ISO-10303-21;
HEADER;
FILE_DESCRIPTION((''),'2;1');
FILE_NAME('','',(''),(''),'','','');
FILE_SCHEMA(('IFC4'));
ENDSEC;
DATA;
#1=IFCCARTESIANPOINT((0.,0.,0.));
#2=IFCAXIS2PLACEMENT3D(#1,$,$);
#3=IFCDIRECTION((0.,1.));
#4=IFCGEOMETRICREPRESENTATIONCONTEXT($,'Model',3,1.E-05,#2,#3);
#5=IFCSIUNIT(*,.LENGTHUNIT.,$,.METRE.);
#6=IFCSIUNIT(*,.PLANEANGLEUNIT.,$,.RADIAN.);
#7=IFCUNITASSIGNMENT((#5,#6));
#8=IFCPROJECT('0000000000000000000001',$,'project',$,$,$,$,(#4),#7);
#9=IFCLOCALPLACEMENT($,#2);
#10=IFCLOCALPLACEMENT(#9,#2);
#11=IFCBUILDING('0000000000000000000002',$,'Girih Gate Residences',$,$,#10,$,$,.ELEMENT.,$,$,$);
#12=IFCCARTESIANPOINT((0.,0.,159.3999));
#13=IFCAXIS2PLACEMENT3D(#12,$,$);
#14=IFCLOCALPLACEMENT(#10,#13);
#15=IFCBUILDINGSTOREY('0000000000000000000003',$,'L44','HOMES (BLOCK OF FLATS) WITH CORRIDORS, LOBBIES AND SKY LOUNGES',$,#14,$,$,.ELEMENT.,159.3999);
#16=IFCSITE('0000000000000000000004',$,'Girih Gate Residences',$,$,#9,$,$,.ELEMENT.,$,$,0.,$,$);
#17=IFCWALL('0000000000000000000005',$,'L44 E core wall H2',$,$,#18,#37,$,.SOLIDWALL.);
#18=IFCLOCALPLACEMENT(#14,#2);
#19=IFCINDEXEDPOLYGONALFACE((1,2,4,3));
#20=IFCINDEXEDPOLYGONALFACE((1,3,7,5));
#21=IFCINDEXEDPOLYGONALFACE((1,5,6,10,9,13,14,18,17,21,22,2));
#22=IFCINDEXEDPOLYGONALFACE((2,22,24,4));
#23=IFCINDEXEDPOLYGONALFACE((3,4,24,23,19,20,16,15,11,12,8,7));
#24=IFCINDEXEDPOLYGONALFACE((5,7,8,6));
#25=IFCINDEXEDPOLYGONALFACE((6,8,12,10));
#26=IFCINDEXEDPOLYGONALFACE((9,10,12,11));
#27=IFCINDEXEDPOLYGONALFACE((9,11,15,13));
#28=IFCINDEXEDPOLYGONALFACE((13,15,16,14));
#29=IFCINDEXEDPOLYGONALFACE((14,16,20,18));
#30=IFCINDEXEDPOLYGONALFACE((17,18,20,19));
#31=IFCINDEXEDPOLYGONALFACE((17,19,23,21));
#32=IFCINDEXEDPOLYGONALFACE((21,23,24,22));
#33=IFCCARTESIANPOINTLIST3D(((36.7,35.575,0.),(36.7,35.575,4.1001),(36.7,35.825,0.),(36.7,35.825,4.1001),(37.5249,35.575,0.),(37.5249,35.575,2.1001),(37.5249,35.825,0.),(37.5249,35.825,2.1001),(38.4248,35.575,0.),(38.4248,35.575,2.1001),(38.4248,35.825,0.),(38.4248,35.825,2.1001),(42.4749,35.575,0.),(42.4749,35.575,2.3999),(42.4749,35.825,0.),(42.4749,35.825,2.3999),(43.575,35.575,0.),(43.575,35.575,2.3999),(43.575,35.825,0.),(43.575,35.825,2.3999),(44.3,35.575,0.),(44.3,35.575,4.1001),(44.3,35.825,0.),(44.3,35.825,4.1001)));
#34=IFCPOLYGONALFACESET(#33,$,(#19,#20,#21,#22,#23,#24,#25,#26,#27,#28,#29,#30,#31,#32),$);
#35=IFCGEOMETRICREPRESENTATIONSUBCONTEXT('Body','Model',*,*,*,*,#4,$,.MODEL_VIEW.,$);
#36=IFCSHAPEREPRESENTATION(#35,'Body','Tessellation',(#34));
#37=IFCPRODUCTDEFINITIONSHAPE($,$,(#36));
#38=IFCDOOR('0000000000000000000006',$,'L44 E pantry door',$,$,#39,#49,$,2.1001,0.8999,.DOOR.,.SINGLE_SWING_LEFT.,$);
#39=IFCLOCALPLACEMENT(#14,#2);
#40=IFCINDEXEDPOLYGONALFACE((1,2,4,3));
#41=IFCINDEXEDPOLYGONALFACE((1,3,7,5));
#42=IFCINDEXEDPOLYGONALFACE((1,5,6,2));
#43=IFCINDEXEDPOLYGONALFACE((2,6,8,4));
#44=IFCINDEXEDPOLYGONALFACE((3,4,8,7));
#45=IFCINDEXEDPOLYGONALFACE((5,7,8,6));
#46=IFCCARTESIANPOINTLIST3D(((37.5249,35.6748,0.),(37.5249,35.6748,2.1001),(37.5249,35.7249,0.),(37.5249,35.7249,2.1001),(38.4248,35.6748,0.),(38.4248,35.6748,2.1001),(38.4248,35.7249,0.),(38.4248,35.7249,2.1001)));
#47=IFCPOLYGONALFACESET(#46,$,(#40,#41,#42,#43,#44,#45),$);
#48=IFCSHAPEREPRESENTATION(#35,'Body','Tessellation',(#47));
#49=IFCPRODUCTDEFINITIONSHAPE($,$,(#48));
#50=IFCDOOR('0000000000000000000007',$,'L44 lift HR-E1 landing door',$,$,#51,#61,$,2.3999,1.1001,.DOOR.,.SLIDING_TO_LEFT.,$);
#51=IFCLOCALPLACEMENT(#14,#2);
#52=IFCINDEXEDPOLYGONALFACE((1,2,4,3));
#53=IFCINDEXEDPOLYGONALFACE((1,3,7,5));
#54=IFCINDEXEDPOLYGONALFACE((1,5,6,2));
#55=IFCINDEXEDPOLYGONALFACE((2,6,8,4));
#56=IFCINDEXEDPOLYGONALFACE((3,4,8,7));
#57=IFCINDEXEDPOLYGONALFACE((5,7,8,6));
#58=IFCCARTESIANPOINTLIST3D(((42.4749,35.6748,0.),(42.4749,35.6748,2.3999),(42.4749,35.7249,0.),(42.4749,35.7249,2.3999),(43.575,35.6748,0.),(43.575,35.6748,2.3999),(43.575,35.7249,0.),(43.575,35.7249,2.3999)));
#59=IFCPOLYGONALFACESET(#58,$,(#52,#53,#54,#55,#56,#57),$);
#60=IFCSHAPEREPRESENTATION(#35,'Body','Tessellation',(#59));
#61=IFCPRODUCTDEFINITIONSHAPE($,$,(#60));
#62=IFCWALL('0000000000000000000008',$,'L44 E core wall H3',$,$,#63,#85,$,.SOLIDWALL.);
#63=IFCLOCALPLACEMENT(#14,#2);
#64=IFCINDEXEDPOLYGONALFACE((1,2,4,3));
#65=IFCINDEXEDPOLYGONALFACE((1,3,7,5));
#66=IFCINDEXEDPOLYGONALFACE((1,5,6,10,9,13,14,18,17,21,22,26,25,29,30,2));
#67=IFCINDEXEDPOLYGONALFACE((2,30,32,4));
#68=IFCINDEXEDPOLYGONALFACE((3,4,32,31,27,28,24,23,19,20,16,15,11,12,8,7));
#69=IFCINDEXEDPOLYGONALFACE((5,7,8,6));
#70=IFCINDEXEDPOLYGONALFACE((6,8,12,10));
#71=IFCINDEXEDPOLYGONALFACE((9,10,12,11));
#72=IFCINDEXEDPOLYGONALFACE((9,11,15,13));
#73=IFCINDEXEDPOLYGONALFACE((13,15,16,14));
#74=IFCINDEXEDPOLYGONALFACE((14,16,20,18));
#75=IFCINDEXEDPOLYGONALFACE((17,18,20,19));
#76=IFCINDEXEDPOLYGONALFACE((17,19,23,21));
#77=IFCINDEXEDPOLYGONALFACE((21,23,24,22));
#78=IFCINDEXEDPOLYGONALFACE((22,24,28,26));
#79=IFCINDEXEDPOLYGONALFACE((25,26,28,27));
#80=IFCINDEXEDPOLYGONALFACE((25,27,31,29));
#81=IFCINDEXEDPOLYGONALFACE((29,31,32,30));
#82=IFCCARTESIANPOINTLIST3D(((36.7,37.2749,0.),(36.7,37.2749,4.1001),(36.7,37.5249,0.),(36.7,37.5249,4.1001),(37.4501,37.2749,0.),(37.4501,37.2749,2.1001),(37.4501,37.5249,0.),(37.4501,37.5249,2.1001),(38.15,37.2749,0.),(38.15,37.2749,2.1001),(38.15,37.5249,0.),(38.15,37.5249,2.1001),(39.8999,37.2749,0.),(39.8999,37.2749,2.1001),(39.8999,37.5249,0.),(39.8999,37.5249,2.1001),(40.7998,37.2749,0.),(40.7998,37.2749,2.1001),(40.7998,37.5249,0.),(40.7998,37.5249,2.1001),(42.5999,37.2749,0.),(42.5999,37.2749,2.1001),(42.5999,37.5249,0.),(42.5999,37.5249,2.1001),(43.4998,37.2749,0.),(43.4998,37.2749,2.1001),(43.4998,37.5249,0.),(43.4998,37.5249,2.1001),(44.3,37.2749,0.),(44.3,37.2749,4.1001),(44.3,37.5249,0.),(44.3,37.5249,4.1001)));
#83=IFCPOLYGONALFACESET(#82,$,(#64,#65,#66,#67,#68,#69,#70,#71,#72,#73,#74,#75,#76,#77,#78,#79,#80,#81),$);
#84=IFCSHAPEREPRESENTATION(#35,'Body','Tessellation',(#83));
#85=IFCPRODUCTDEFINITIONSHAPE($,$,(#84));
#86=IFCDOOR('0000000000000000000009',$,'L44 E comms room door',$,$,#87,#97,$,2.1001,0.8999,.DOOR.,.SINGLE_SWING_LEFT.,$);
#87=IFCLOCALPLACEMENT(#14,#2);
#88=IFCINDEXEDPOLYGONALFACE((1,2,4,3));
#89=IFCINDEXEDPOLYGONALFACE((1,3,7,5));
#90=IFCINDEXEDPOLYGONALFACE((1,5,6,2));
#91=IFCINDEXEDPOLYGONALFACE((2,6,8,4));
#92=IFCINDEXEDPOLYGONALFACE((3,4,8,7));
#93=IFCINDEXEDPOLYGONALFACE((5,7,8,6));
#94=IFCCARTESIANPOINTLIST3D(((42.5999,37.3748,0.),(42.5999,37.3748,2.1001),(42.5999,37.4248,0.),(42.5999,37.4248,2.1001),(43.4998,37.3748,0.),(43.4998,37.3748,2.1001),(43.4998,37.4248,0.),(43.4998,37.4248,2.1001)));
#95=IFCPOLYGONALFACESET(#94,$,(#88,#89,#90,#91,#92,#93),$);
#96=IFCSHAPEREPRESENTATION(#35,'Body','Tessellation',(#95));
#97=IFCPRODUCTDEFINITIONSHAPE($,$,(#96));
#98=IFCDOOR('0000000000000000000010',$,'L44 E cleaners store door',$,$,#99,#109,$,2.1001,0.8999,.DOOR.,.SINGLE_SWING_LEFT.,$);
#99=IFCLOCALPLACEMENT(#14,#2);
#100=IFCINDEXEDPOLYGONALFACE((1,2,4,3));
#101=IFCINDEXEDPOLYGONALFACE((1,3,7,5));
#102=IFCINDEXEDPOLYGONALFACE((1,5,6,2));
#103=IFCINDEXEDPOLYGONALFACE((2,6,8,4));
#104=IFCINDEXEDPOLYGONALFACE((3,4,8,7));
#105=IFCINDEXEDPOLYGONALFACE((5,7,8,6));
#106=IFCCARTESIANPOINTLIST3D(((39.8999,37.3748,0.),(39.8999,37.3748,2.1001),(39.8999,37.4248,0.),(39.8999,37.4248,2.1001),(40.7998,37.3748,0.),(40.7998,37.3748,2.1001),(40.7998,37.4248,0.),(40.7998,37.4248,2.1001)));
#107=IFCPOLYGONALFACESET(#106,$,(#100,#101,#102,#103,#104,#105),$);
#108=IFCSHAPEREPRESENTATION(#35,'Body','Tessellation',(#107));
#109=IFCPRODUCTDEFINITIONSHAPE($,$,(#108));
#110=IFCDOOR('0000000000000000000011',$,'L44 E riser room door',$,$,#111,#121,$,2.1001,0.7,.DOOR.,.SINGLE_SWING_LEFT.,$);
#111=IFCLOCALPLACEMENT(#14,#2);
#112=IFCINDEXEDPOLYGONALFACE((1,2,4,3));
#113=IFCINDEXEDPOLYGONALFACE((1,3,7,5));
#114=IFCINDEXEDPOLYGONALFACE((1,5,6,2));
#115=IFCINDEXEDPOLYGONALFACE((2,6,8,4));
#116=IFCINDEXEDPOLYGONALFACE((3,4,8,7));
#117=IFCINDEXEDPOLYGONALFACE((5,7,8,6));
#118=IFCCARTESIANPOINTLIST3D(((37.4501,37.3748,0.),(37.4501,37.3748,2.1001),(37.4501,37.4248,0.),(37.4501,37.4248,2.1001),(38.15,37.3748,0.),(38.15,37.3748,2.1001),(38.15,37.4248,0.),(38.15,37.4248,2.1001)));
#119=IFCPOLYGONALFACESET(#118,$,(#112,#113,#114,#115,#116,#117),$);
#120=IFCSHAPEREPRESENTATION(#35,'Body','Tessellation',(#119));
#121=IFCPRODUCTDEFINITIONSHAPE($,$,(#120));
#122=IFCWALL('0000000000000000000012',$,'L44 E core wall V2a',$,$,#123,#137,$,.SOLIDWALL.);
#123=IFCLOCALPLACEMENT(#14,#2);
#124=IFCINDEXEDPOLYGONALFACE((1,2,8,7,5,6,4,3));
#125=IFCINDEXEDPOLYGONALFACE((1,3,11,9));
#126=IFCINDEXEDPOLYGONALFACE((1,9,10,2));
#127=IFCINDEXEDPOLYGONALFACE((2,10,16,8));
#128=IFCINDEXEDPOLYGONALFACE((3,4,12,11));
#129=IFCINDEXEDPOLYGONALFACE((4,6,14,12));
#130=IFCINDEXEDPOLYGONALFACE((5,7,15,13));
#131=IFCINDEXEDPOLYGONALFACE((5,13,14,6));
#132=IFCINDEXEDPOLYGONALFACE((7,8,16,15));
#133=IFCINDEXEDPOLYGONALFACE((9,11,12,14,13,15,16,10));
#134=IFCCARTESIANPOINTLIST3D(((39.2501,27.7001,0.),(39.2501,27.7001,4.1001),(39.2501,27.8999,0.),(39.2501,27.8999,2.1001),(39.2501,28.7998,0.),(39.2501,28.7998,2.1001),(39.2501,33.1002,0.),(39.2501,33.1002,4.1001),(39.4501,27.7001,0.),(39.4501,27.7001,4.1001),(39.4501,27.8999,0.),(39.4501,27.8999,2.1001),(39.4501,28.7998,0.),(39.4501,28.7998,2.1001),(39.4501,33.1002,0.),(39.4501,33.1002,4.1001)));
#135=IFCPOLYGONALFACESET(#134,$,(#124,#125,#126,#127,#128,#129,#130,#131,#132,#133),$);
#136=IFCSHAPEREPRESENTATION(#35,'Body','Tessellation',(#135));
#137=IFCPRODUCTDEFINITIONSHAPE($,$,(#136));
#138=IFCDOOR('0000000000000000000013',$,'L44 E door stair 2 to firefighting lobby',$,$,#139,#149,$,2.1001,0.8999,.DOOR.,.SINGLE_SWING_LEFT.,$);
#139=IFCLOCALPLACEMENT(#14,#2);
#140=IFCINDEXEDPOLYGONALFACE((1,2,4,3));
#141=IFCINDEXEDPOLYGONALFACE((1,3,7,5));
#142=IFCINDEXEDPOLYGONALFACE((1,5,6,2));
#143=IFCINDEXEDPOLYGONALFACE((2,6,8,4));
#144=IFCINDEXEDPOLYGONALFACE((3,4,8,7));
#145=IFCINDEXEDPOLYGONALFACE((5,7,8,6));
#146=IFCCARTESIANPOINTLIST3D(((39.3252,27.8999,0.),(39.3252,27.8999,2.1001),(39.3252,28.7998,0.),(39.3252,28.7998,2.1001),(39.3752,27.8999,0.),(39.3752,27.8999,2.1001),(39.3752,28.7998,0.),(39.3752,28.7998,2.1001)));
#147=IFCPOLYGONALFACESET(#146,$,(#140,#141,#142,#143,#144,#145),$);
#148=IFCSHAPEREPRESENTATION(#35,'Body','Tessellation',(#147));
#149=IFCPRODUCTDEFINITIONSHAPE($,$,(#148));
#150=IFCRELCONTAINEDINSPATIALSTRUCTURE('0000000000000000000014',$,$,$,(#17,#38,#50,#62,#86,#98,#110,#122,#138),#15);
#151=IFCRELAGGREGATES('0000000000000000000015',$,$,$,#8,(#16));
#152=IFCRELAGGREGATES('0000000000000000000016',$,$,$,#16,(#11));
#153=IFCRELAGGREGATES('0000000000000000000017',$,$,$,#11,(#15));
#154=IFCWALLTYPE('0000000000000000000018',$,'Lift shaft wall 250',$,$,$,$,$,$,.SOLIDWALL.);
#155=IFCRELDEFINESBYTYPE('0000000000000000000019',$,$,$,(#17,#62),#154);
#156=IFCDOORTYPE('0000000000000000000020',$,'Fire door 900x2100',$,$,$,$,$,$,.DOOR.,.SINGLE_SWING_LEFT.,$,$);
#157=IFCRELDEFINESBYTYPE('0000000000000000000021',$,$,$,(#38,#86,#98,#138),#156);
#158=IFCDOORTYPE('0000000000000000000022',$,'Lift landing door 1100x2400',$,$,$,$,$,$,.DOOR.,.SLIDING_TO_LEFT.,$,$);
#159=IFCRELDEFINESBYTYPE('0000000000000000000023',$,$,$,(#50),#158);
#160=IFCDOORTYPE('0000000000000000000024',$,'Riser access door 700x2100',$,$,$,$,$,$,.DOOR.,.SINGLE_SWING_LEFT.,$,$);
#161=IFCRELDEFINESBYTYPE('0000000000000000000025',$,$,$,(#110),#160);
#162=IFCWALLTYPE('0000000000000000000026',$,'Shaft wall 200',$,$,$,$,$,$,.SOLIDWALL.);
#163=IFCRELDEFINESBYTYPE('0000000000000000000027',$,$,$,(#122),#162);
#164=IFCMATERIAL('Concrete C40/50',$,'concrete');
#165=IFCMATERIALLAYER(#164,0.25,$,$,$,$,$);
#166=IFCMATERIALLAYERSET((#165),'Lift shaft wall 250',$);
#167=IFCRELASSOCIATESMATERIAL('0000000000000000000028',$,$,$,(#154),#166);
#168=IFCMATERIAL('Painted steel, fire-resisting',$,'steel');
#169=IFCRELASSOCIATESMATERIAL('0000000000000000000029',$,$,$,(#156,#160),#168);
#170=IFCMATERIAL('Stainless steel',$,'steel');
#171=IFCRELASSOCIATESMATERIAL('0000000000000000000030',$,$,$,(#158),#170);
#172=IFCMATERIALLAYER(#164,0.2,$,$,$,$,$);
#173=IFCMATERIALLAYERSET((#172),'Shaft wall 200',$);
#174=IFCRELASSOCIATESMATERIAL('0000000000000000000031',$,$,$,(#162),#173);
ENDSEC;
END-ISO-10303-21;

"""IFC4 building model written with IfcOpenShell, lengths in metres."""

from ifc_helpers import new_model, si_unit, direction, frame, frame_2d, origin, place, context, subcontext, project, spatial, rectangle, extrude, material, layer, layer_set, type_object, element, fill, save


model = new_model("IFC4")

# Units and contexts
model_context = context("Model", 3, precision=1e-05, world=origin(), true_north=direction((0.0, 1.0)))
body_context = subcontext(model_context, "Body", "Model", "MODEL_VIEW")
ifc_project = project(units=[si_unit("LENGTHUNIT", "METRE"), si_unit("PLANEANGLEUNIT", "RADIAN")], contexts=[model_context])

# Site, building, storey
site_placement = place(None, origin())
site = spatial("IfcSite", under=ifc_project, at=site_placement, Name="Girih Gate Residences", CompositionType="ELEMENT", RefElevation=0.0)
building_placement = place(site_placement, origin())
building = spatial("IfcBuilding", under=site, at=building_placement, Name="Girih Gate Residences", CompositionType="ELEMENT")
storey_placement = place(building_placement, frame((0.0, 0.0, 159.3999)))
storey = spatial("IfcBuildingStorey", under=building, at=storey_placement, Name="L44", Description="HOMES (BLOCK OF FLATS) WITH CORRIDORS, LOBBIES AND SKY LOUNGES", CompositionType="ELEMENT", Elevation=159.3999)

# Shared definitions
ifc_material_1 = material(Name="Painted steel, fire-resisting", Category="steel")

# Shared definitions
ifc_material_2 = material(Name="Concrete C40/50", Category="concrete")
ifc_layer_1 = layer(ifc_material_2, 0.25)
ifc_layer_set_1 = layer_set([ifc_layer_1], Name="Lift shaft wall 250")
wall_type_1 = type_object("IfcWallType", Name="Lift shaft wall 250", PredefinedType="SOLIDWALL", material=ifc_layer_set_1)

# Walls, openings, doors
wall_1_placement = place(storey_placement, frame((36.7, 35.7, 0.0), z_axis=(0.0, 0.0, 1.0), x_axis=(1.0, 0.0, 0.0)))
wall_1 = element("IfcWall", 1, at=wall_1_placement, inside=storey, type_object=wall_type_1, Name="L44 E core wall H2", PredefinedType="SOLIDWALL", context=body_context, shape_type="SweptSolid", body=[
    extrude(rectangle(XDim=7.6001, YDim=0.25, at=frame_2d((3.8, 0.0))), origin(), (0.0, 0.0, 1.0), 4.1001),
])
opening_1_placement = place(wall_1_placement, frame((5.7749, 0.0, 0.0)))
opening_1 = element("IfcOpeningElement", 2, at=opening_1_placement, cuts=wall_1, PredefinedType="OPENING", context=body_context, shape_type="SweptSolid", body=[
    extrude(rectangle(XDim=1.1001, YDim=2.3999, at=frame_2d((0.55, 1.2))), frame((0.0, 0.135, 0.0), z_axis=(0.0, -1.0, 0.0), x_axis=(1.0, 0.0, 0.0)), (0.0, 0.0, 1.0), 0.27),
])
opening_2_placement = place(wall_1_placement, frame((0.825, 0.0, 0.0)))
opening_2 = element("IfcOpeningElement", 3, at=opening_2_placement, cuts=wall_1, PredefinedType="OPENING", context=body_context, shape_type="SweptSolid", body=[
    extrude(rectangle(XDim=0.8999, YDim=2.1001, at=frame_2d((0.45, 1.05))), frame((0.0, 0.135, 0.0), z_axis=(0.0, -1.0, 0.0), x_axis=(1.0, 0.0, 0.0)), (0.0, 0.0, 1.0), 0.27),
])
door_type_1 = type_object("IfcDoorType", Name="Fire door 900x2100", OperationType="SINGLE_SWING_LEFT", PredefinedType="DOOR", material=ifc_material_1)
door_1_placement = place(opening_2_placement, origin())
door_1 = element("IfcDoor", 4, at=door_1_placement, inside=storey, type_object=door_type_1, Name="L44 E pantry door", OperationType="SINGLE_SWING_LEFT", OverallHeight=2.1001, OverallWidth=0.8999, PredefinedType="DOOR", context=body_context, shape_type="SweptSolid", body=[
    extrude(rectangle(XDim=0.8999, YDim=2.1001, at=frame_2d((0.45, 1.05))), frame((0.0, 0.0249, 0.0), z_axis=(0.0, -1.0, 0.0), x_axis=(1.0, 0.0, 0.0)), (0.0, 0.0, 1.0), 0.05),
])
fill(opening_2, door_1)
ifc_material_3 = material(Name="Stainless steel", Category="steel")
door_type_2 = type_object("IfcDoorType", Name="Lift landing door 1100x2400", OperationType="SLIDING_TO_LEFT", PredefinedType="DOOR", material=ifc_material_3)
door_2_placement = place(opening_1_placement, origin())
door_2 = element("IfcDoor", 5, at=door_2_placement, inside=storey, type_object=door_type_2, Name="L44 lift HR-E1 landing door", OperationType="SLIDING_TO_LEFT", OverallHeight=2.3999, OverallWidth=1.1001, PredefinedType="DOOR", context=body_context, shape_type="SweptSolid", body=[
    extrude(rectangle(XDim=1.1001, YDim=2.3999, at=frame_2d((0.55, 1.2))), frame((0.0, 0.0249, 0.0), z_axis=(0.0, -1.0, 0.0), x_axis=(1.0, 0.0, 0.0)), (0.0, 0.0, 1.0), 0.05),
])
fill(opening_1, door_2)
wall_2_placement = place(storey_placement, frame((36.7, 37.3999, 0.0), z_axis=(0.0, 0.0, 1.0), x_axis=(1.0, 0.0, 0.0)))
wall_2 = element("IfcWall", 6, at=wall_2_placement, inside=storey, type_object=wall_type_1, Name="L44 E core wall H3", PredefinedType="SOLIDWALL", context=body_context, shape_type="SweptSolid", body=[
    extrude(rectangle(XDim=7.6001, YDim=0.25, at=frame_2d((3.8, 0.0))), origin(), (0.0, 0.0, 1.0), 4.1001),
])
opening_3_placement = place(wall_2_placement, frame((0.75, 0.0, 0.0)))
opening_3 = element("IfcOpeningElement", 7, at=opening_3_placement, cuts=wall_2, PredefinedType="OPENING", context=body_context, shape_type="SweptSolid", body=[
    extrude(rectangle(XDim=0.7, YDim=2.1001, at=frame_2d((0.3501, 1.05))), frame((0.0, 0.135, 0.0), z_axis=(0.0, -1.0, 0.0), x_axis=(1.0, 0.0, 0.0)), (0.0, 0.0, 1.0), 0.27),
])
opening_4_placement = place(wall_2_placement, frame((5.8999, 0.0, 0.0)))
opening_4 = element("IfcOpeningElement", 8, at=opening_4_placement, cuts=wall_2, PredefinedType="OPENING", context=body_context, shape_type="SweptSolid", body=[
    extrude(rectangle(XDim=0.8999, YDim=2.1001, at=frame_2d((0.45, 1.05))), frame((0.0, 0.135, 0.0), z_axis=(0.0, -1.0, 0.0), x_axis=(1.0, 0.0, 0.0)), (0.0, 0.0, 1.0), 0.27),
])
opening_5_placement = place(wall_2_placement, frame((3.2, 0.0, 0.0)))
opening_5 = element("IfcOpeningElement", 9, at=opening_5_placement, cuts=wall_2, PredefinedType="OPENING", context=body_context, shape_type="SweptSolid", body=[
    extrude(rectangle(XDim=0.8999, YDim=2.1001, at=frame_2d((0.45, 1.05))), frame((0.0, 0.135, 0.0), z_axis=(0.0, -1.0, 0.0), x_axis=(1.0, 0.0, 0.0)), (0.0, 0.0, 1.0), 0.27),
])
door_3_placement = place(opening_4_placement, origin())
door_3 = element("IfcDoor", 10, at=door_3_placement, inside=storey, type_object=door_type_1, Name="L44 E comms room door", OperationType="SINGLE_SWING_LEFT", OverallHeight=2.1001, OverallWidth=0.8999, PredefinedType="DOOR", context=body_context, shape_type="SweptSolid", body=[
    extrude(rectangle(XDim=0.8999, YDim=2.1001, at=frame_2d((0.45, 1.05))), frame((0.0, 0.0249, 0.0), z_axis=(0.0, -1.0, 0.0), x_axis=(1.0, 0.0, 0.0)), (0.0, 0.0, 1.0), 0.05),
])
fill(opening_4, door_3)
door_4_placement = place(opening_5_placement, origin())
door_4 = element("IfcDoor", 11, at=door_4_placement, inside=storey, type_object=door_type_1, Name="L44 E cleaners store door", OperationType="SINGLE_SWING_LEFT", OverallHeight=2.1001, OverallWidth=0.8999, PredefinedType="DOOR", context=body_context, shape_type="SweptSolid", body=[
    extrude(rectangle(XDim=0.8999, YDim=2.1001, at=frame_2d((0.45, 1.05))), frame((0.0, 0.0249, 0.0), z_axis=(0.0, -1.0, 0.0), x_axis=(1.0, 0.0, 0.0)), (0.0, 0.0, 1.0), 0.05),
])
fill(opening_5, door_4)
door_type_3 = type_object("IfcDoorType", Name="Riser access door 700x2100", OperationType="SINGLE_SWING_LEFT", PredefinedType="DOOR", material=ifc_material_1)
door_5_placement = place(opening_3_placement, origin())
door_5 = element("IfcDoor", 12, at=door_5_placement, inside=storey, type_object=door_type_3, Name="L44 E riser room door", OperationType="SINGLE_SWING_LEFT", OverallHeight=2.1001, OverallWidth=0.7, PredefinedType="DOOR", context=body_context, shape_type="SweptSolid", body=[
    extrude(rectangle(XDim=0.7, YDim=2.1001, at=frame_2d((0.3501, 1.05))), frame((0.0, 0.0249, 0.0), z_axis=(0.0, -1.0, 0.0), x_axis=(1.0, 0.0, 0.0)), (0.0, 0.0, 1.0), 0.05),
])
fill(opening_3, door_5)

# Wall, opening, door
ifc_layer_2 = layer(ifc_material_2, 0.2)
ifc_layer_set_2 = layer_set([ifc_layer_2], Name="Shaft wall 200")
wall_type_2 = type_object("IfcWallType", Name="Shaft wall 200", PredefinedType="SOLIDWALL", material=ifc_layer_set_2)
wall_3_placement = place(storey_placement, frame((39.3501, 27.7, 0.0), z_axis=(0.0, 0.0, 1.0), x_axis=(0.0, 1.0, 0.0)))
wall_3 = element("IfcWall", 13, at=wall_3_placement, inside=storey, type_object=wall_type_2, Name="L44 E core wall V2a", PredefinedType="SOLIDWALL", context=body_context, shape_type="SweptSolid", body=[
    extrude(rectangle(XDim=5.4001, YDim=0.2, at=frame_2d((2.7002, 0.0))), origin(), (0.0, 0.0, 1.0), 4.1001),
])
opening_6_placement = place(wall_3_placement, frame((0.2, 0.0, 0.0)))
opening_6 = element("IfcOpeningElement", 14, at=opening_6_placement, cuts=wall_3, PredefinedType="OPENING", context=body_context, shape_type="SweptSolid", body=[
    extrude(rectangle(XDim=0.8999, YDim=2.1001, at=frame_2d((0.45, 1.05))), frame((0.0, 0.1099, 0.0), z_axis=(0.0, -1.0, 0.0), x_axis=(1.0, 0.0, 0.0)), (0.0, 0.0, 1.0), 0.22),
])
door_6_placement = place(opening_6_placement, origin())
door_6 = element("IfcDoor", 15, at=door_6_placement, inside=storey, type_object=door_type_1, Name="L44 E door stair 2 to firefighting lobby", OperationType="SINGLE_SWING_LEFT", OverallHeight=2.1001, OverallWidth=0.8999, PredefinedType="DOOR", context=body_context, shape_type="SweptSolid", body=[
    extrude(rectangle(XDim=0.8999, YDim=2.1001, at=frame_2d((0.45, 1.05))), frame((0.0, 0.0249, 0.0), z_axis=(0.0, -1.0, 0.0), x_axis=(1.0, 0.0, 0.0)), (0.0, 0.0, 1.0), 0.05),
])
fill(opening_6, door_6)

save(model, "model.ifc")
